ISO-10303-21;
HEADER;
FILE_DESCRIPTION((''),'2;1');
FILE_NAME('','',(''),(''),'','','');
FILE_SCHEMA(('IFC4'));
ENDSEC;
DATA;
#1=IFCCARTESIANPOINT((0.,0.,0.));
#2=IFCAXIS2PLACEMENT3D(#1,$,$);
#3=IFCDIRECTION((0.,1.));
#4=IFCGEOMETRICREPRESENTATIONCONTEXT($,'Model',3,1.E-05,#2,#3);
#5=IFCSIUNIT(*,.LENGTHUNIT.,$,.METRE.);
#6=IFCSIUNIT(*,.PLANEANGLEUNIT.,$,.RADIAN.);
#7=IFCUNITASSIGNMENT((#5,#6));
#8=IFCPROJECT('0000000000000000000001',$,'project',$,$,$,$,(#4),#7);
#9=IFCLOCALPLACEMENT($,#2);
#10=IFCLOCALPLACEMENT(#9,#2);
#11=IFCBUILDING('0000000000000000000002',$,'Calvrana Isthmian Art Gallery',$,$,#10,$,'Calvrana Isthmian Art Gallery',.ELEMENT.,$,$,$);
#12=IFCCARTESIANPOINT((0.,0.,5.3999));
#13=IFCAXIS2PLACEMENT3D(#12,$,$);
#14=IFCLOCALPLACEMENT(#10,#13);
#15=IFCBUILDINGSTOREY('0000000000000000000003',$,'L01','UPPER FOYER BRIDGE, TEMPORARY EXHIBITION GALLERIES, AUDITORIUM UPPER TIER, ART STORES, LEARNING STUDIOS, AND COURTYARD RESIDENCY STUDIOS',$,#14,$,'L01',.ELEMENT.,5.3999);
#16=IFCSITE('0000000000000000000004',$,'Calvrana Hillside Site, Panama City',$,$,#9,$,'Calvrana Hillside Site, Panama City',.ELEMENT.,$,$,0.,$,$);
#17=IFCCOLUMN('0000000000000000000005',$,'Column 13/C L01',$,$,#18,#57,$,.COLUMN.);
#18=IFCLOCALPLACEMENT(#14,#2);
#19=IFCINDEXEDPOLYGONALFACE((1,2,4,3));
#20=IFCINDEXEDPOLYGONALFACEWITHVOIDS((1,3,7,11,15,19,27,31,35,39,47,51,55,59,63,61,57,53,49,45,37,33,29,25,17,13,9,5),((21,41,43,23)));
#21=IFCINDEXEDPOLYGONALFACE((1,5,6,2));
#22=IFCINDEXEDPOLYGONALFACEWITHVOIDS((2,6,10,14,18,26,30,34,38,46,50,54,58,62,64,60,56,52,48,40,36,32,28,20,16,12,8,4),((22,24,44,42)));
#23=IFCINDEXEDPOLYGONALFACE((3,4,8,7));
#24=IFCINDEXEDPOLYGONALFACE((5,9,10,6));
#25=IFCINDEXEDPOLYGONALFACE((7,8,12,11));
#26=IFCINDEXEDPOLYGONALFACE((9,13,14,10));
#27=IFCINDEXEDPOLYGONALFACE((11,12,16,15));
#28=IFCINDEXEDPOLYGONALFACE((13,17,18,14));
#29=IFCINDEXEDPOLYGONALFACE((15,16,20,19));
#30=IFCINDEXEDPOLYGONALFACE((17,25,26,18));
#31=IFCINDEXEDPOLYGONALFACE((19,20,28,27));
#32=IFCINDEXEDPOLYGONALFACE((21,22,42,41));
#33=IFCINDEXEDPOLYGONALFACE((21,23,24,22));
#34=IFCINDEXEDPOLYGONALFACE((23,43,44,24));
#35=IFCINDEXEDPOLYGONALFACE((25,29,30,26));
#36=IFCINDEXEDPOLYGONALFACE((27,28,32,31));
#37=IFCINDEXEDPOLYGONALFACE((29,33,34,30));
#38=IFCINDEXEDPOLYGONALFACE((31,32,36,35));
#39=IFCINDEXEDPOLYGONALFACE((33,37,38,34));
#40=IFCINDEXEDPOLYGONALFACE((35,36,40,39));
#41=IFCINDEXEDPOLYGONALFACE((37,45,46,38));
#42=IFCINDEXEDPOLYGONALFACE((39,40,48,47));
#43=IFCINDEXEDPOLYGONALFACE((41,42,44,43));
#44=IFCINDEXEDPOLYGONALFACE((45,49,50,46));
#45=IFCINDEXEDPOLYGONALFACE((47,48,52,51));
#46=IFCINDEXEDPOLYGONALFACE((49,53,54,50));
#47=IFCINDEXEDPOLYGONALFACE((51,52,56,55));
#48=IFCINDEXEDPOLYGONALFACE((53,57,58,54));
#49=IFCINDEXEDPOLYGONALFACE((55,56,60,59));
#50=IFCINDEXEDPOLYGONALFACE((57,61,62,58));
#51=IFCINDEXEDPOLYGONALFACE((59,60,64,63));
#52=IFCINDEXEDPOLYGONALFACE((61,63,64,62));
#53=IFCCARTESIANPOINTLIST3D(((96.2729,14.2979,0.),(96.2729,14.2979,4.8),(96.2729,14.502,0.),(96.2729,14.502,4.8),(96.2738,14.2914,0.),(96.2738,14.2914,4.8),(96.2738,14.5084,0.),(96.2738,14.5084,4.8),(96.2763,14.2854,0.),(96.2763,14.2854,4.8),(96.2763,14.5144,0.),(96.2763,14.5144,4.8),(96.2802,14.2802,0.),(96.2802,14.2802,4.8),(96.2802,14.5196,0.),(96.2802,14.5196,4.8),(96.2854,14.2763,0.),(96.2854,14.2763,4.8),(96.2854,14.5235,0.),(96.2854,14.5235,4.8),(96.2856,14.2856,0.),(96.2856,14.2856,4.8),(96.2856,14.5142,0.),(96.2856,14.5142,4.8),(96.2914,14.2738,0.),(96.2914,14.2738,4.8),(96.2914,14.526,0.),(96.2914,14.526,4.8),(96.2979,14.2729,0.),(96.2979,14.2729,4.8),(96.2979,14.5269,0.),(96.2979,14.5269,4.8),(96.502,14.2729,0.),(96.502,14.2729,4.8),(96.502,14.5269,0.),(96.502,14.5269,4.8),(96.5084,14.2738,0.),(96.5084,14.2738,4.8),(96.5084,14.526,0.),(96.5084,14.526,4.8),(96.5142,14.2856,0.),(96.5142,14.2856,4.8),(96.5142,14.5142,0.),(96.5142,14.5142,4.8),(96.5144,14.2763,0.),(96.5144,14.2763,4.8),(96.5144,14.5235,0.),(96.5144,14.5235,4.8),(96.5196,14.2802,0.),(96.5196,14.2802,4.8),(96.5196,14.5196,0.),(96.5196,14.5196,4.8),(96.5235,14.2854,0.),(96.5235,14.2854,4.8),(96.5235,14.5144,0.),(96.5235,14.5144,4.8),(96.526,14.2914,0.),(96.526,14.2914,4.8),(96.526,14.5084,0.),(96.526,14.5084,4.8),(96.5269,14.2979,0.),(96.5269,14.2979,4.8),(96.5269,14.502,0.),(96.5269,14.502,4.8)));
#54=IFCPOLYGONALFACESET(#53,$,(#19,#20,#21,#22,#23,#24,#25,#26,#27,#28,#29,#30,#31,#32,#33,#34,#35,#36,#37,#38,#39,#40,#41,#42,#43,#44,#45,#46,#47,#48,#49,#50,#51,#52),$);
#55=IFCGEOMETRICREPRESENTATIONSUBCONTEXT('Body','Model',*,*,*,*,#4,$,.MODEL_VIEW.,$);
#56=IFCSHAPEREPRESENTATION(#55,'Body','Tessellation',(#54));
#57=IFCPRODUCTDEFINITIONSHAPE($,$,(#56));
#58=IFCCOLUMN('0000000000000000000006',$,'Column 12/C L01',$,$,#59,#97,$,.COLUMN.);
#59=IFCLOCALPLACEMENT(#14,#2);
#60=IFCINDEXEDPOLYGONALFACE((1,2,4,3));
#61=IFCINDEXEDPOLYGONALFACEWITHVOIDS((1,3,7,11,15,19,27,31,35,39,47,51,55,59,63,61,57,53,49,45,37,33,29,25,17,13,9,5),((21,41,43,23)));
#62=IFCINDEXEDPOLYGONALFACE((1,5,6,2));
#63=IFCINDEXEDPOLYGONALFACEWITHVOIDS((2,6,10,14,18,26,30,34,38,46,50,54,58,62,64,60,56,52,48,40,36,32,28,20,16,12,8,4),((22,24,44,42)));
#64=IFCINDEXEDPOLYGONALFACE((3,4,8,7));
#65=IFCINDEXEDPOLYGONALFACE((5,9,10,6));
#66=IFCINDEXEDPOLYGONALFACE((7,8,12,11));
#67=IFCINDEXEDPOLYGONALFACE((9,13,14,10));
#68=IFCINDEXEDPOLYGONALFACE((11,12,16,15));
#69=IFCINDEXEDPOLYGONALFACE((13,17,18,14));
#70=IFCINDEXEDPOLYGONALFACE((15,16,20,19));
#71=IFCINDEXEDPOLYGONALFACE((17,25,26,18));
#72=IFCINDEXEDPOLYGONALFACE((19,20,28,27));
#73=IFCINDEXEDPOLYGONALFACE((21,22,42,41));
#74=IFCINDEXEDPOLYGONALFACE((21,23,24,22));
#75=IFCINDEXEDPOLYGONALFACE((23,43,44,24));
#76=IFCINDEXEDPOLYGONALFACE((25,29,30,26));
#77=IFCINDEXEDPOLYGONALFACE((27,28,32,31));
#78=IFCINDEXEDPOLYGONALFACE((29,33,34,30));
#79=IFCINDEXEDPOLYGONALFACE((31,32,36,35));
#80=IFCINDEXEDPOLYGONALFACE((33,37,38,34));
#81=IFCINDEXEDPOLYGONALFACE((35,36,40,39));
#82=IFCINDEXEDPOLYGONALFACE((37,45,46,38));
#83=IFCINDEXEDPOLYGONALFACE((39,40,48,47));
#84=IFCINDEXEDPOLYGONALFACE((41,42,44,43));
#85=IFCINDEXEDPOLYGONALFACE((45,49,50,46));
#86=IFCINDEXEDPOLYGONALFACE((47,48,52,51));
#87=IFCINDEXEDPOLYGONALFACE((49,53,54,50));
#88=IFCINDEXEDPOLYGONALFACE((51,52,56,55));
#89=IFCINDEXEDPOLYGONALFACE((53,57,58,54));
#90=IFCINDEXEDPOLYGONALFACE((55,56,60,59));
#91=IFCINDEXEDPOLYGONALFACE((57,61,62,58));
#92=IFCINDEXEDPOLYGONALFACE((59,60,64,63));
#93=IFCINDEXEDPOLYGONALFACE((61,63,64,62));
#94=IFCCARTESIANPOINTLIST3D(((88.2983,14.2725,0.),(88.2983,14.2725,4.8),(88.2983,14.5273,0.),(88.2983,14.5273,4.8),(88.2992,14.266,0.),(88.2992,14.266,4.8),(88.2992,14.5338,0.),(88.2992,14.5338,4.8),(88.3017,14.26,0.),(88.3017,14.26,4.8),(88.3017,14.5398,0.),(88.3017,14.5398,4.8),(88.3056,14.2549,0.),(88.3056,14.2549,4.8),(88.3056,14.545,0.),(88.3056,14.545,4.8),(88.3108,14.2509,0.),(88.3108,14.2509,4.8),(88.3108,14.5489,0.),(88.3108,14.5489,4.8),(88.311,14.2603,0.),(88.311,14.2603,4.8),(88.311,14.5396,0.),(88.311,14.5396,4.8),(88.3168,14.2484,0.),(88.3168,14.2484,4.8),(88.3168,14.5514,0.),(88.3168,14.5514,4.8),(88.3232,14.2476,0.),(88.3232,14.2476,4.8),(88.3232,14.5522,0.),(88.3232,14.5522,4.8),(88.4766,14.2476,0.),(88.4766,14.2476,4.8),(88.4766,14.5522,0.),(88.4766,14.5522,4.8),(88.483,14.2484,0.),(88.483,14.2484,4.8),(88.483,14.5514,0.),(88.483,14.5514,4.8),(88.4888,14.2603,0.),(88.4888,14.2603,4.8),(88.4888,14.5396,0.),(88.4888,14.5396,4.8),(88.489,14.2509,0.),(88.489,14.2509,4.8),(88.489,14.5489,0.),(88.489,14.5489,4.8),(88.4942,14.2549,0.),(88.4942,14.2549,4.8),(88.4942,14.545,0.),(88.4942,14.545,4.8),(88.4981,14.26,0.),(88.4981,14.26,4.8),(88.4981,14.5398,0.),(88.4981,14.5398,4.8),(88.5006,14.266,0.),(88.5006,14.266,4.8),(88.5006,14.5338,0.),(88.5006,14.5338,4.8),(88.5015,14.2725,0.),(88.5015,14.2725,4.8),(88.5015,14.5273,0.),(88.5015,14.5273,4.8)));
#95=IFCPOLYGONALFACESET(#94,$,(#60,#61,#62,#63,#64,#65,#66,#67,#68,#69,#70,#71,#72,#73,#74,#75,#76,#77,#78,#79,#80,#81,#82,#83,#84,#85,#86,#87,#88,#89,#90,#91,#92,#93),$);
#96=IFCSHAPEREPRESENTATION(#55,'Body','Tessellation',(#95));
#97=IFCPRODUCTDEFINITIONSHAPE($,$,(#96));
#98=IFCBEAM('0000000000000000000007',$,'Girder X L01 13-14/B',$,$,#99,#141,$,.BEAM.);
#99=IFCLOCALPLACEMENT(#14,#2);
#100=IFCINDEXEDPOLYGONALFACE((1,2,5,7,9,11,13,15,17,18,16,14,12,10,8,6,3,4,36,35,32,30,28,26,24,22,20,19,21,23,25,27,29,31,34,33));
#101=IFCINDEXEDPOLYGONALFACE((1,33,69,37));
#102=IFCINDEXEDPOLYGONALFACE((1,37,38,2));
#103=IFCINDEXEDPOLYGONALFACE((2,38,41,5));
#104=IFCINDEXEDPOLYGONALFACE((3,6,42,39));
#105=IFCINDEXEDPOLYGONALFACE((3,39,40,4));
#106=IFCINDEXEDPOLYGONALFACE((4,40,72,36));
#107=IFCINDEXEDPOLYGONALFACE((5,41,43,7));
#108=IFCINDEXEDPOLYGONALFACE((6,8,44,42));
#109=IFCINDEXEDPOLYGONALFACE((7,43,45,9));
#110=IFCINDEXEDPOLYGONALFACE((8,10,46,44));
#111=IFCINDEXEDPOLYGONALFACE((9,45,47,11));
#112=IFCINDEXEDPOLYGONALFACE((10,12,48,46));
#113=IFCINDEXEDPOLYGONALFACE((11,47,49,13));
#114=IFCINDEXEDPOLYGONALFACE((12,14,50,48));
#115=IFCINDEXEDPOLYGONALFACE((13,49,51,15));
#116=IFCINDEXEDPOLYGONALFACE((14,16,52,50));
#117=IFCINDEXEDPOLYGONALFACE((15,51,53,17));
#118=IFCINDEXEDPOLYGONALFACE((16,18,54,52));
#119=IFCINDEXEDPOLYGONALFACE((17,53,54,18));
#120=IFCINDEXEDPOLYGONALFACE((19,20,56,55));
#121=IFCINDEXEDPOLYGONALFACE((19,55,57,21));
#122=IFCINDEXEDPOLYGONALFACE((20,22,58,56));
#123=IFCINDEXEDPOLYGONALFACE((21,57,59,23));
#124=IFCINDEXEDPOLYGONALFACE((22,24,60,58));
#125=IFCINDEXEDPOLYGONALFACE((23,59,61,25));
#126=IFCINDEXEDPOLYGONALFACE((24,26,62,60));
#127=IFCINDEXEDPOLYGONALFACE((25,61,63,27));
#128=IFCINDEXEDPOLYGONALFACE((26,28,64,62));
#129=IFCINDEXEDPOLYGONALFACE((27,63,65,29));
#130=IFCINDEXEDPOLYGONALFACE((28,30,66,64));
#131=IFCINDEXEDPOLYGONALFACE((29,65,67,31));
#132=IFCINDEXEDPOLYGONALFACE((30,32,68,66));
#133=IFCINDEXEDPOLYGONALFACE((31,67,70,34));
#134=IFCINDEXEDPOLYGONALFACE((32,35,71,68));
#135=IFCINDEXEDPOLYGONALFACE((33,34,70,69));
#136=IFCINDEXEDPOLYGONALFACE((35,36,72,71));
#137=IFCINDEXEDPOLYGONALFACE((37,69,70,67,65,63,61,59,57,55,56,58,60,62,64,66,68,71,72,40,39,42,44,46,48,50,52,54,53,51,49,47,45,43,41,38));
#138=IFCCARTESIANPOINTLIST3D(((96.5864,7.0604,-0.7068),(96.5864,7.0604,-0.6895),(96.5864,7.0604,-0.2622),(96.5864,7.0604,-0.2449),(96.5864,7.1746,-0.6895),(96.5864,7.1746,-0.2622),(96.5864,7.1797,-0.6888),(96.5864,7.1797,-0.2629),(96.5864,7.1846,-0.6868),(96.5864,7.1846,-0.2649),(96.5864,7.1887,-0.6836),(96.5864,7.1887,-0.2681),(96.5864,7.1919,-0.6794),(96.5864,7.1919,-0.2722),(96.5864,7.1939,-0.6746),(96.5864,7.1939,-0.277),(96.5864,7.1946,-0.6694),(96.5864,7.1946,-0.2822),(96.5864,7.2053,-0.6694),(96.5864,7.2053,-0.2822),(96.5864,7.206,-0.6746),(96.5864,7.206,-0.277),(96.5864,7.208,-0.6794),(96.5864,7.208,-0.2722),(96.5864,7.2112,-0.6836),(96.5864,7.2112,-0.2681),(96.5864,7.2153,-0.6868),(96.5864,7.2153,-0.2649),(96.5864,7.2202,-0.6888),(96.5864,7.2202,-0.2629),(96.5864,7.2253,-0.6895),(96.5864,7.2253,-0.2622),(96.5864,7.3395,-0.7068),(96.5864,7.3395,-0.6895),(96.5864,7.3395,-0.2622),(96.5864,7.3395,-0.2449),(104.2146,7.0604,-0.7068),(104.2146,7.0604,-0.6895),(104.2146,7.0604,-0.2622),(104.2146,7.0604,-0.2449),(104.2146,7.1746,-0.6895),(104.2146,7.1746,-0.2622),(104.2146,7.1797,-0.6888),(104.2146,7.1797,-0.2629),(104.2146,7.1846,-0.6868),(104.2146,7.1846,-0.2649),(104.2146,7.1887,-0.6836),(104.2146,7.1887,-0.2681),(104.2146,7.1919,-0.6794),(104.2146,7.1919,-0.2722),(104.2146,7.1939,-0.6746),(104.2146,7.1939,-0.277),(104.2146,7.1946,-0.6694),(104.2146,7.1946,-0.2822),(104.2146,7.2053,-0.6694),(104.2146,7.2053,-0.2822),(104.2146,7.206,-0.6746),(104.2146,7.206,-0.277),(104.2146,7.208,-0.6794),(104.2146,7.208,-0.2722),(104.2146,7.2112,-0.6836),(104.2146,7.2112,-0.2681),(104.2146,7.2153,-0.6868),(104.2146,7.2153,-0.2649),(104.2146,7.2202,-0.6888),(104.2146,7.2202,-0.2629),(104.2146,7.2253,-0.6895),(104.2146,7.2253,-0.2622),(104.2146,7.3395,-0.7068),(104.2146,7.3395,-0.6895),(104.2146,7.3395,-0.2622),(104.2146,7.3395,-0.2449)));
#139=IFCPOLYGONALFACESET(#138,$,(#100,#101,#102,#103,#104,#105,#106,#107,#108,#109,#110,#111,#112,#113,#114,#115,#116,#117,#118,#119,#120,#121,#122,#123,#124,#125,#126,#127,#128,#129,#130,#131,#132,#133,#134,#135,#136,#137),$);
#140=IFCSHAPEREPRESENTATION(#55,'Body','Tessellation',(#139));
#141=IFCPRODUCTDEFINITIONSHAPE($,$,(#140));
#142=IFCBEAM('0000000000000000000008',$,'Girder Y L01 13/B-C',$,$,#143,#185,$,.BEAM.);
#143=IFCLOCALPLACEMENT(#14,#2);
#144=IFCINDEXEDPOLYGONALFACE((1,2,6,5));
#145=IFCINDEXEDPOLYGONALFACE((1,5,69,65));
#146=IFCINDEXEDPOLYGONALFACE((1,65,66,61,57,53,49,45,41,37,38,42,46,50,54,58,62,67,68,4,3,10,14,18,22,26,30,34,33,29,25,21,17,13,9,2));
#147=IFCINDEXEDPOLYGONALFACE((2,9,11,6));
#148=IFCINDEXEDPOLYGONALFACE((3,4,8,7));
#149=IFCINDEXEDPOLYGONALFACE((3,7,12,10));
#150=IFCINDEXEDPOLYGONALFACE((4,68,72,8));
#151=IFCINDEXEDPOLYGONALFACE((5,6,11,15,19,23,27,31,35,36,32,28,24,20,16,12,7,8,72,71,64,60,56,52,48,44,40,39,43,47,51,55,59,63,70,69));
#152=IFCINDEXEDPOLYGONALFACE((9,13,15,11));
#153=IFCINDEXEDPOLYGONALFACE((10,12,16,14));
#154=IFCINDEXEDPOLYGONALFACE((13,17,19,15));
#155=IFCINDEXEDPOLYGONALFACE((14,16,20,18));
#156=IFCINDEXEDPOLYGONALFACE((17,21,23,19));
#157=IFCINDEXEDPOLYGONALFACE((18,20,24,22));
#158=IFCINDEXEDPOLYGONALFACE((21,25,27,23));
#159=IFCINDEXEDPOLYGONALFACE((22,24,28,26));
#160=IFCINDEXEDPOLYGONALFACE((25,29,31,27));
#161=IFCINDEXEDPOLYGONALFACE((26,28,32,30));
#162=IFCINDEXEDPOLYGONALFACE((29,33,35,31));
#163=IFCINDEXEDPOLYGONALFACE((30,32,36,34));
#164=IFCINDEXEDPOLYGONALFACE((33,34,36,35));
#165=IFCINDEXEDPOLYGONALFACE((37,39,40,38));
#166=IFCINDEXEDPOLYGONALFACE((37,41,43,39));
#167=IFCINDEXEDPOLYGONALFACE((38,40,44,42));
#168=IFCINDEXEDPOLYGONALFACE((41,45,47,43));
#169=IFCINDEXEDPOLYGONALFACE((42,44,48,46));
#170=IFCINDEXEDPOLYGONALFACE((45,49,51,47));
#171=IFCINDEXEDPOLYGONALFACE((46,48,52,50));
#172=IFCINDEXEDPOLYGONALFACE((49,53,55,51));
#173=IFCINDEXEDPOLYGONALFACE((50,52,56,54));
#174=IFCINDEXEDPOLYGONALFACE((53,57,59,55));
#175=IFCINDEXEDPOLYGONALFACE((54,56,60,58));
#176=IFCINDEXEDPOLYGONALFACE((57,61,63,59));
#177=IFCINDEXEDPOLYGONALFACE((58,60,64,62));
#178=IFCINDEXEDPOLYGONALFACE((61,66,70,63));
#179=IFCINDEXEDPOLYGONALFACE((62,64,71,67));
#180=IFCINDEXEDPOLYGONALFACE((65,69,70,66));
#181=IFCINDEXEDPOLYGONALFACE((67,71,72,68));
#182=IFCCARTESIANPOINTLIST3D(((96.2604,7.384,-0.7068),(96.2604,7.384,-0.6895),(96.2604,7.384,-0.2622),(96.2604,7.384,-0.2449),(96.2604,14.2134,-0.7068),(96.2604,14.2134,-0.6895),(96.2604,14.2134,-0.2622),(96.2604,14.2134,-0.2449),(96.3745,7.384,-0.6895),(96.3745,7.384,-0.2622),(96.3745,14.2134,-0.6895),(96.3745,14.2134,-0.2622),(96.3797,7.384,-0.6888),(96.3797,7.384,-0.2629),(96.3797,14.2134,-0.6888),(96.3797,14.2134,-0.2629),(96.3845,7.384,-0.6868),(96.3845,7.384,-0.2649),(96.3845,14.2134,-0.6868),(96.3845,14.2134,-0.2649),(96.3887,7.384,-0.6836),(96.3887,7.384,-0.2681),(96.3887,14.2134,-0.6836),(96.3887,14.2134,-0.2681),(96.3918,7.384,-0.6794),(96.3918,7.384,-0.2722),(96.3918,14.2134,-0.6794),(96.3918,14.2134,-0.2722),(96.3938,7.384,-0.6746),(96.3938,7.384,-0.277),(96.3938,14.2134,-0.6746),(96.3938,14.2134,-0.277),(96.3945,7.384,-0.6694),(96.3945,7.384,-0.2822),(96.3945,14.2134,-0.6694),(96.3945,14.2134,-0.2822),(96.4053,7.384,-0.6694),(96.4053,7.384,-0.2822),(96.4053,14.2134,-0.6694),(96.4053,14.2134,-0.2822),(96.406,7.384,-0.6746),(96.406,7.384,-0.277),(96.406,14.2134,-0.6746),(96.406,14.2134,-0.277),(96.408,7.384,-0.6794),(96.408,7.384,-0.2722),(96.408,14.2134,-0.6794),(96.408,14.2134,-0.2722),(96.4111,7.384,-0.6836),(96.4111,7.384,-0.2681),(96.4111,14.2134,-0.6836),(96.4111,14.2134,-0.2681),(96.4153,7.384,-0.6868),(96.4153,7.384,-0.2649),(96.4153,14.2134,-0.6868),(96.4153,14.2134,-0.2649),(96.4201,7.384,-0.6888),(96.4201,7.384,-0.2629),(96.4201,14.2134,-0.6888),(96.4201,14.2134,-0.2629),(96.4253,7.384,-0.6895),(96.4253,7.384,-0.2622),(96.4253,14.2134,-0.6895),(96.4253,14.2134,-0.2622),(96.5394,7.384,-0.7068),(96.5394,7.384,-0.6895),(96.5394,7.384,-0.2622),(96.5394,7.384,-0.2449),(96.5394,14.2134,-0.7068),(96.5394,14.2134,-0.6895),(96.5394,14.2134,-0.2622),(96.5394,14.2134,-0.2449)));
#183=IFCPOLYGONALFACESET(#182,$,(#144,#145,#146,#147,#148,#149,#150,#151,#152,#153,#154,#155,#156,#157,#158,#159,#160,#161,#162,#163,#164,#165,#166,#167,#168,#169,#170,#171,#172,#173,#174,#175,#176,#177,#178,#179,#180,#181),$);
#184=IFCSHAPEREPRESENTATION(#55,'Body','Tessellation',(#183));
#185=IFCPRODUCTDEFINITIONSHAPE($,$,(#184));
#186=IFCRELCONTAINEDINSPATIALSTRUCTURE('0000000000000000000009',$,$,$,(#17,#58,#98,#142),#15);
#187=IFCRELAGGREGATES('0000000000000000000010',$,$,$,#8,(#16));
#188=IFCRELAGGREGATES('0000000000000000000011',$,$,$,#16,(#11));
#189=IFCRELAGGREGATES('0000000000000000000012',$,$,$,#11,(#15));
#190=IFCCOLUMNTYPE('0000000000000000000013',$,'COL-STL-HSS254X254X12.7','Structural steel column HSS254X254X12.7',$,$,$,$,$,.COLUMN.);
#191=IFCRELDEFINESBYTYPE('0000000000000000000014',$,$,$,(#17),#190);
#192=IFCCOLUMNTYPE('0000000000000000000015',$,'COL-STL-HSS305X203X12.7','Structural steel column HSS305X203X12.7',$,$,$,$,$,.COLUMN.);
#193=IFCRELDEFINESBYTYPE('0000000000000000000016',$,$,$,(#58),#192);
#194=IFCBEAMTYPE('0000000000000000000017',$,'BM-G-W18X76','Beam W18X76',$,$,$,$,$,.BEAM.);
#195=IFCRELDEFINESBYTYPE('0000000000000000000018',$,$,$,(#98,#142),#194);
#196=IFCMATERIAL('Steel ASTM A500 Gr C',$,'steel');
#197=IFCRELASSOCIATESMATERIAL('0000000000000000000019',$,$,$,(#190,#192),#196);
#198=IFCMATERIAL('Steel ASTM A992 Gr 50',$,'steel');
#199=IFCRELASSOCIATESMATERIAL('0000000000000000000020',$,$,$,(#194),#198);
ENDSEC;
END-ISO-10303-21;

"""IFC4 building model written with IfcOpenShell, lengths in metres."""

from ifc_helpers import new_model, si_unit, direction, frame, origin, origin_2d, place, context, subcontext, project, spatial, hollow_rectangle, i_section, extrude, material, material_profile, profile_set, type_object, element, save


model = new_model("IFC4")

# Units and contexts
model_context = context("Model", 3, precision=1e-05, world=origin(), true_north=direction((0.0, 1.0)))
body_context = subcontext(model_context, "Body", "Model", "MODEL_VIEW")
ifc_project = project(units=[si_unit("LENGTHUNIT", "METRE"), si_unit("PLANEANGLEUNIT", "RADIAN")], contexts=[model_context])

# Site, building, storey
site_placement = place(None, origin())
site = spatial("IfcSite", under=ifc_project, at=site_placement, Name="Calvrana Hillside Site, Panama City", LongName="Calvrana Hillside Site, Panama City", CompositionType="ELEMENT", RefElevation=0.0)
building_placement = place(site_placement, origin())
building = spatial("IfcBuilding", under=site, at=building_placement, Name="Calvrana Isthmian Art Gallery", LongName="Calvrana Isthmian Art Gallery", CompositionType="ELEMENT")
storey_placement = place(building_placement, frame((0.0, 0.0, 5.3999)))
storey = spatial("IfcBuildingStorey", under=building, at=storey_placement, Name="L01", Description="UPPER FOYER BRIDGE, TEMPORARY EXHIBITION GALLERIES, AUDITORIUM UPPER TIER, ART STORES, LEARNING STUDIOS, AND COURTYARD RESIDENCY STUDIOS", LongName="L01", CompositionType="ELEMENT", Elevation=5.3999)

# Columns
ifc_material_1 = material(Name="Steel ASTM A500 Gr C", Category="steel")
ifc_material_profile_1 = material_profile(ifc_material_1, hollow_rectangle(XDim=0.2539, YDim=0.2539, WallThickness=0.0127, OuterFilletRadius=0.0249, at=origin_2d()), Name="HSS254X254X12.7")
ifc_profile_set_1 = profile_set([ifc_material_profile_1], Name="Steel ASTM A500 Gr C")
column_type_1 = type_object("IfcColumnType", Name="COL-STL-HSS254X254X12.7", Description="Structural steel column HSS254X254X12.7", PredefinedType="COLUMN", material=ifc_profile_set_1)
column_1_placement = place(storey_placement, frame((96.3999, 14.3999, 0.0), z_axis=(0.0, 0.0, 1.0), x_axis=(1.0, 0.0, 0.0)))
element("IfcColumn", 1, at=column_1_placement, inside=storey, type_object=column_type_1, Name="Column 13/C L01", PredefinedType="COLUMN", context=body_context, shape_type="SweptSolid", body=[
    extrude(hollow_rectangle(XDim=0.2539, YDim=0.2539, WallThickness=0.0127, OuterFilletRadius=0.0249, at=origin_2d()), origin(), (0.0, 0.0, 1.0), 4.8),
])
ifc_material_profile_2 = material_profile(ifc_material_1, hollow_rectangle(XDim=0.2031, YDim=0.3047, WallThickness=0.0127, OuterFilletRadius=0.0249, at=origin_2d()), Name="HSS305X203X12.7")
ifc_profile_set_2 = profile_set([ifc_material_profile_2], Name="Steel ASTM A500 Gr C")
column_type_2 = type_object("IfcColumnType", Name="COL-STL-HSS305X203X12.7", Description="Structural steel column HSS305X203X12.7", PredefinedType="COLUMN", material=ifc_profile_set_2)
column_2_placement = place(storey_placement, frame((88.3999, 14.3999, 0.0), z_axis=(0.0, 0.0, 1.0), x_axis=(1.0, 0.0, 0.0)))
element("IfcColumn", 2, at=column_2_placement, inside=storey, type_object=column_type_2, Name="Column 12/C L01", PredefinedType="COLUMN", context=body_context, shape_type="SweptSolid", body=[
    extrude(hollow_rectangle(XDim=0.2031, YDim=0.3047, WallThickness=0.0127, OuterFilletRadius=0.0249, at=origin_2d()), origin(), (0.0, 0.0, 1.0), 4.8),
])

# Beams
ifc_material_2 = material(Name="Steel ASTM A992 Gr 50", Category="steel")
ifc_material_profile_3 = material_profile(ifc_material_2, i_section(OverallWidth=0.2791, OverallDepth=0.4619, WebThickness=0.0107, FlangeThickness=0.0173, FilletRadius=0.02, at=origin_2d()), Name="W18X76")
ifc_profile_set_3 = profile_set([ifc_material_profile_3], Name="Steel ASTM A992 Gr 50")
beam_type_1 = type_object("IfcBeamType", Name="BM-G-W18X76", Description="Beam W18X76", PredefinedType="BEAM", material=ifc_profile_set_3)
beam_1_placement = place(storey_placement, frame((96.5864, 7.2, -0.4758), z_axis=(1.0, 0.0, 0.0), x_axis=(0.0, 1.0, 0.0)))
element("IfcBeam", 3, at=beam_1_placement, inside=storey, type_object=beam_type_1, Name="Girder X L01 13-14/B", PredefinedType="BEAM", context=body_context, shape_type="SweptSolid", body=[
    extrude(i_section(OverallWidth=0.2791, OverallDepth=0.4619, WebThickness=0.0107, FlangeThickness=0.0173, FilletRadius=0.02, at=origin_2d()), origin(), (0.0, 0.0, 1.0), 7.6282),
])
beam_2_placement = place(storey_placement, frame((96.3999, 7.384, -0.4758), z_axis=(0.0, 1.0, 0.0), x_axis=(-1.0, 0.0, 0.0)))
element("IfcBeam", 4, at=beam_2_placement, inside=storey, type_object=beam_type_1, Name="Girder Y L01 13/B-C", PredefinedType="BEAM", context=body_context, shape_type="SweptSolid", body=[
    extrude(i_section(OverallWidth=0.2791, OverallDepth=0.4619, WebThickness=0.0107, FlangeThickness=0.0173, FilletRadius=0.02, at=origin_2d()), origin(), (0.0, 0.0, 1.0), 6.8293),
])

save(model, "model.ifc")
